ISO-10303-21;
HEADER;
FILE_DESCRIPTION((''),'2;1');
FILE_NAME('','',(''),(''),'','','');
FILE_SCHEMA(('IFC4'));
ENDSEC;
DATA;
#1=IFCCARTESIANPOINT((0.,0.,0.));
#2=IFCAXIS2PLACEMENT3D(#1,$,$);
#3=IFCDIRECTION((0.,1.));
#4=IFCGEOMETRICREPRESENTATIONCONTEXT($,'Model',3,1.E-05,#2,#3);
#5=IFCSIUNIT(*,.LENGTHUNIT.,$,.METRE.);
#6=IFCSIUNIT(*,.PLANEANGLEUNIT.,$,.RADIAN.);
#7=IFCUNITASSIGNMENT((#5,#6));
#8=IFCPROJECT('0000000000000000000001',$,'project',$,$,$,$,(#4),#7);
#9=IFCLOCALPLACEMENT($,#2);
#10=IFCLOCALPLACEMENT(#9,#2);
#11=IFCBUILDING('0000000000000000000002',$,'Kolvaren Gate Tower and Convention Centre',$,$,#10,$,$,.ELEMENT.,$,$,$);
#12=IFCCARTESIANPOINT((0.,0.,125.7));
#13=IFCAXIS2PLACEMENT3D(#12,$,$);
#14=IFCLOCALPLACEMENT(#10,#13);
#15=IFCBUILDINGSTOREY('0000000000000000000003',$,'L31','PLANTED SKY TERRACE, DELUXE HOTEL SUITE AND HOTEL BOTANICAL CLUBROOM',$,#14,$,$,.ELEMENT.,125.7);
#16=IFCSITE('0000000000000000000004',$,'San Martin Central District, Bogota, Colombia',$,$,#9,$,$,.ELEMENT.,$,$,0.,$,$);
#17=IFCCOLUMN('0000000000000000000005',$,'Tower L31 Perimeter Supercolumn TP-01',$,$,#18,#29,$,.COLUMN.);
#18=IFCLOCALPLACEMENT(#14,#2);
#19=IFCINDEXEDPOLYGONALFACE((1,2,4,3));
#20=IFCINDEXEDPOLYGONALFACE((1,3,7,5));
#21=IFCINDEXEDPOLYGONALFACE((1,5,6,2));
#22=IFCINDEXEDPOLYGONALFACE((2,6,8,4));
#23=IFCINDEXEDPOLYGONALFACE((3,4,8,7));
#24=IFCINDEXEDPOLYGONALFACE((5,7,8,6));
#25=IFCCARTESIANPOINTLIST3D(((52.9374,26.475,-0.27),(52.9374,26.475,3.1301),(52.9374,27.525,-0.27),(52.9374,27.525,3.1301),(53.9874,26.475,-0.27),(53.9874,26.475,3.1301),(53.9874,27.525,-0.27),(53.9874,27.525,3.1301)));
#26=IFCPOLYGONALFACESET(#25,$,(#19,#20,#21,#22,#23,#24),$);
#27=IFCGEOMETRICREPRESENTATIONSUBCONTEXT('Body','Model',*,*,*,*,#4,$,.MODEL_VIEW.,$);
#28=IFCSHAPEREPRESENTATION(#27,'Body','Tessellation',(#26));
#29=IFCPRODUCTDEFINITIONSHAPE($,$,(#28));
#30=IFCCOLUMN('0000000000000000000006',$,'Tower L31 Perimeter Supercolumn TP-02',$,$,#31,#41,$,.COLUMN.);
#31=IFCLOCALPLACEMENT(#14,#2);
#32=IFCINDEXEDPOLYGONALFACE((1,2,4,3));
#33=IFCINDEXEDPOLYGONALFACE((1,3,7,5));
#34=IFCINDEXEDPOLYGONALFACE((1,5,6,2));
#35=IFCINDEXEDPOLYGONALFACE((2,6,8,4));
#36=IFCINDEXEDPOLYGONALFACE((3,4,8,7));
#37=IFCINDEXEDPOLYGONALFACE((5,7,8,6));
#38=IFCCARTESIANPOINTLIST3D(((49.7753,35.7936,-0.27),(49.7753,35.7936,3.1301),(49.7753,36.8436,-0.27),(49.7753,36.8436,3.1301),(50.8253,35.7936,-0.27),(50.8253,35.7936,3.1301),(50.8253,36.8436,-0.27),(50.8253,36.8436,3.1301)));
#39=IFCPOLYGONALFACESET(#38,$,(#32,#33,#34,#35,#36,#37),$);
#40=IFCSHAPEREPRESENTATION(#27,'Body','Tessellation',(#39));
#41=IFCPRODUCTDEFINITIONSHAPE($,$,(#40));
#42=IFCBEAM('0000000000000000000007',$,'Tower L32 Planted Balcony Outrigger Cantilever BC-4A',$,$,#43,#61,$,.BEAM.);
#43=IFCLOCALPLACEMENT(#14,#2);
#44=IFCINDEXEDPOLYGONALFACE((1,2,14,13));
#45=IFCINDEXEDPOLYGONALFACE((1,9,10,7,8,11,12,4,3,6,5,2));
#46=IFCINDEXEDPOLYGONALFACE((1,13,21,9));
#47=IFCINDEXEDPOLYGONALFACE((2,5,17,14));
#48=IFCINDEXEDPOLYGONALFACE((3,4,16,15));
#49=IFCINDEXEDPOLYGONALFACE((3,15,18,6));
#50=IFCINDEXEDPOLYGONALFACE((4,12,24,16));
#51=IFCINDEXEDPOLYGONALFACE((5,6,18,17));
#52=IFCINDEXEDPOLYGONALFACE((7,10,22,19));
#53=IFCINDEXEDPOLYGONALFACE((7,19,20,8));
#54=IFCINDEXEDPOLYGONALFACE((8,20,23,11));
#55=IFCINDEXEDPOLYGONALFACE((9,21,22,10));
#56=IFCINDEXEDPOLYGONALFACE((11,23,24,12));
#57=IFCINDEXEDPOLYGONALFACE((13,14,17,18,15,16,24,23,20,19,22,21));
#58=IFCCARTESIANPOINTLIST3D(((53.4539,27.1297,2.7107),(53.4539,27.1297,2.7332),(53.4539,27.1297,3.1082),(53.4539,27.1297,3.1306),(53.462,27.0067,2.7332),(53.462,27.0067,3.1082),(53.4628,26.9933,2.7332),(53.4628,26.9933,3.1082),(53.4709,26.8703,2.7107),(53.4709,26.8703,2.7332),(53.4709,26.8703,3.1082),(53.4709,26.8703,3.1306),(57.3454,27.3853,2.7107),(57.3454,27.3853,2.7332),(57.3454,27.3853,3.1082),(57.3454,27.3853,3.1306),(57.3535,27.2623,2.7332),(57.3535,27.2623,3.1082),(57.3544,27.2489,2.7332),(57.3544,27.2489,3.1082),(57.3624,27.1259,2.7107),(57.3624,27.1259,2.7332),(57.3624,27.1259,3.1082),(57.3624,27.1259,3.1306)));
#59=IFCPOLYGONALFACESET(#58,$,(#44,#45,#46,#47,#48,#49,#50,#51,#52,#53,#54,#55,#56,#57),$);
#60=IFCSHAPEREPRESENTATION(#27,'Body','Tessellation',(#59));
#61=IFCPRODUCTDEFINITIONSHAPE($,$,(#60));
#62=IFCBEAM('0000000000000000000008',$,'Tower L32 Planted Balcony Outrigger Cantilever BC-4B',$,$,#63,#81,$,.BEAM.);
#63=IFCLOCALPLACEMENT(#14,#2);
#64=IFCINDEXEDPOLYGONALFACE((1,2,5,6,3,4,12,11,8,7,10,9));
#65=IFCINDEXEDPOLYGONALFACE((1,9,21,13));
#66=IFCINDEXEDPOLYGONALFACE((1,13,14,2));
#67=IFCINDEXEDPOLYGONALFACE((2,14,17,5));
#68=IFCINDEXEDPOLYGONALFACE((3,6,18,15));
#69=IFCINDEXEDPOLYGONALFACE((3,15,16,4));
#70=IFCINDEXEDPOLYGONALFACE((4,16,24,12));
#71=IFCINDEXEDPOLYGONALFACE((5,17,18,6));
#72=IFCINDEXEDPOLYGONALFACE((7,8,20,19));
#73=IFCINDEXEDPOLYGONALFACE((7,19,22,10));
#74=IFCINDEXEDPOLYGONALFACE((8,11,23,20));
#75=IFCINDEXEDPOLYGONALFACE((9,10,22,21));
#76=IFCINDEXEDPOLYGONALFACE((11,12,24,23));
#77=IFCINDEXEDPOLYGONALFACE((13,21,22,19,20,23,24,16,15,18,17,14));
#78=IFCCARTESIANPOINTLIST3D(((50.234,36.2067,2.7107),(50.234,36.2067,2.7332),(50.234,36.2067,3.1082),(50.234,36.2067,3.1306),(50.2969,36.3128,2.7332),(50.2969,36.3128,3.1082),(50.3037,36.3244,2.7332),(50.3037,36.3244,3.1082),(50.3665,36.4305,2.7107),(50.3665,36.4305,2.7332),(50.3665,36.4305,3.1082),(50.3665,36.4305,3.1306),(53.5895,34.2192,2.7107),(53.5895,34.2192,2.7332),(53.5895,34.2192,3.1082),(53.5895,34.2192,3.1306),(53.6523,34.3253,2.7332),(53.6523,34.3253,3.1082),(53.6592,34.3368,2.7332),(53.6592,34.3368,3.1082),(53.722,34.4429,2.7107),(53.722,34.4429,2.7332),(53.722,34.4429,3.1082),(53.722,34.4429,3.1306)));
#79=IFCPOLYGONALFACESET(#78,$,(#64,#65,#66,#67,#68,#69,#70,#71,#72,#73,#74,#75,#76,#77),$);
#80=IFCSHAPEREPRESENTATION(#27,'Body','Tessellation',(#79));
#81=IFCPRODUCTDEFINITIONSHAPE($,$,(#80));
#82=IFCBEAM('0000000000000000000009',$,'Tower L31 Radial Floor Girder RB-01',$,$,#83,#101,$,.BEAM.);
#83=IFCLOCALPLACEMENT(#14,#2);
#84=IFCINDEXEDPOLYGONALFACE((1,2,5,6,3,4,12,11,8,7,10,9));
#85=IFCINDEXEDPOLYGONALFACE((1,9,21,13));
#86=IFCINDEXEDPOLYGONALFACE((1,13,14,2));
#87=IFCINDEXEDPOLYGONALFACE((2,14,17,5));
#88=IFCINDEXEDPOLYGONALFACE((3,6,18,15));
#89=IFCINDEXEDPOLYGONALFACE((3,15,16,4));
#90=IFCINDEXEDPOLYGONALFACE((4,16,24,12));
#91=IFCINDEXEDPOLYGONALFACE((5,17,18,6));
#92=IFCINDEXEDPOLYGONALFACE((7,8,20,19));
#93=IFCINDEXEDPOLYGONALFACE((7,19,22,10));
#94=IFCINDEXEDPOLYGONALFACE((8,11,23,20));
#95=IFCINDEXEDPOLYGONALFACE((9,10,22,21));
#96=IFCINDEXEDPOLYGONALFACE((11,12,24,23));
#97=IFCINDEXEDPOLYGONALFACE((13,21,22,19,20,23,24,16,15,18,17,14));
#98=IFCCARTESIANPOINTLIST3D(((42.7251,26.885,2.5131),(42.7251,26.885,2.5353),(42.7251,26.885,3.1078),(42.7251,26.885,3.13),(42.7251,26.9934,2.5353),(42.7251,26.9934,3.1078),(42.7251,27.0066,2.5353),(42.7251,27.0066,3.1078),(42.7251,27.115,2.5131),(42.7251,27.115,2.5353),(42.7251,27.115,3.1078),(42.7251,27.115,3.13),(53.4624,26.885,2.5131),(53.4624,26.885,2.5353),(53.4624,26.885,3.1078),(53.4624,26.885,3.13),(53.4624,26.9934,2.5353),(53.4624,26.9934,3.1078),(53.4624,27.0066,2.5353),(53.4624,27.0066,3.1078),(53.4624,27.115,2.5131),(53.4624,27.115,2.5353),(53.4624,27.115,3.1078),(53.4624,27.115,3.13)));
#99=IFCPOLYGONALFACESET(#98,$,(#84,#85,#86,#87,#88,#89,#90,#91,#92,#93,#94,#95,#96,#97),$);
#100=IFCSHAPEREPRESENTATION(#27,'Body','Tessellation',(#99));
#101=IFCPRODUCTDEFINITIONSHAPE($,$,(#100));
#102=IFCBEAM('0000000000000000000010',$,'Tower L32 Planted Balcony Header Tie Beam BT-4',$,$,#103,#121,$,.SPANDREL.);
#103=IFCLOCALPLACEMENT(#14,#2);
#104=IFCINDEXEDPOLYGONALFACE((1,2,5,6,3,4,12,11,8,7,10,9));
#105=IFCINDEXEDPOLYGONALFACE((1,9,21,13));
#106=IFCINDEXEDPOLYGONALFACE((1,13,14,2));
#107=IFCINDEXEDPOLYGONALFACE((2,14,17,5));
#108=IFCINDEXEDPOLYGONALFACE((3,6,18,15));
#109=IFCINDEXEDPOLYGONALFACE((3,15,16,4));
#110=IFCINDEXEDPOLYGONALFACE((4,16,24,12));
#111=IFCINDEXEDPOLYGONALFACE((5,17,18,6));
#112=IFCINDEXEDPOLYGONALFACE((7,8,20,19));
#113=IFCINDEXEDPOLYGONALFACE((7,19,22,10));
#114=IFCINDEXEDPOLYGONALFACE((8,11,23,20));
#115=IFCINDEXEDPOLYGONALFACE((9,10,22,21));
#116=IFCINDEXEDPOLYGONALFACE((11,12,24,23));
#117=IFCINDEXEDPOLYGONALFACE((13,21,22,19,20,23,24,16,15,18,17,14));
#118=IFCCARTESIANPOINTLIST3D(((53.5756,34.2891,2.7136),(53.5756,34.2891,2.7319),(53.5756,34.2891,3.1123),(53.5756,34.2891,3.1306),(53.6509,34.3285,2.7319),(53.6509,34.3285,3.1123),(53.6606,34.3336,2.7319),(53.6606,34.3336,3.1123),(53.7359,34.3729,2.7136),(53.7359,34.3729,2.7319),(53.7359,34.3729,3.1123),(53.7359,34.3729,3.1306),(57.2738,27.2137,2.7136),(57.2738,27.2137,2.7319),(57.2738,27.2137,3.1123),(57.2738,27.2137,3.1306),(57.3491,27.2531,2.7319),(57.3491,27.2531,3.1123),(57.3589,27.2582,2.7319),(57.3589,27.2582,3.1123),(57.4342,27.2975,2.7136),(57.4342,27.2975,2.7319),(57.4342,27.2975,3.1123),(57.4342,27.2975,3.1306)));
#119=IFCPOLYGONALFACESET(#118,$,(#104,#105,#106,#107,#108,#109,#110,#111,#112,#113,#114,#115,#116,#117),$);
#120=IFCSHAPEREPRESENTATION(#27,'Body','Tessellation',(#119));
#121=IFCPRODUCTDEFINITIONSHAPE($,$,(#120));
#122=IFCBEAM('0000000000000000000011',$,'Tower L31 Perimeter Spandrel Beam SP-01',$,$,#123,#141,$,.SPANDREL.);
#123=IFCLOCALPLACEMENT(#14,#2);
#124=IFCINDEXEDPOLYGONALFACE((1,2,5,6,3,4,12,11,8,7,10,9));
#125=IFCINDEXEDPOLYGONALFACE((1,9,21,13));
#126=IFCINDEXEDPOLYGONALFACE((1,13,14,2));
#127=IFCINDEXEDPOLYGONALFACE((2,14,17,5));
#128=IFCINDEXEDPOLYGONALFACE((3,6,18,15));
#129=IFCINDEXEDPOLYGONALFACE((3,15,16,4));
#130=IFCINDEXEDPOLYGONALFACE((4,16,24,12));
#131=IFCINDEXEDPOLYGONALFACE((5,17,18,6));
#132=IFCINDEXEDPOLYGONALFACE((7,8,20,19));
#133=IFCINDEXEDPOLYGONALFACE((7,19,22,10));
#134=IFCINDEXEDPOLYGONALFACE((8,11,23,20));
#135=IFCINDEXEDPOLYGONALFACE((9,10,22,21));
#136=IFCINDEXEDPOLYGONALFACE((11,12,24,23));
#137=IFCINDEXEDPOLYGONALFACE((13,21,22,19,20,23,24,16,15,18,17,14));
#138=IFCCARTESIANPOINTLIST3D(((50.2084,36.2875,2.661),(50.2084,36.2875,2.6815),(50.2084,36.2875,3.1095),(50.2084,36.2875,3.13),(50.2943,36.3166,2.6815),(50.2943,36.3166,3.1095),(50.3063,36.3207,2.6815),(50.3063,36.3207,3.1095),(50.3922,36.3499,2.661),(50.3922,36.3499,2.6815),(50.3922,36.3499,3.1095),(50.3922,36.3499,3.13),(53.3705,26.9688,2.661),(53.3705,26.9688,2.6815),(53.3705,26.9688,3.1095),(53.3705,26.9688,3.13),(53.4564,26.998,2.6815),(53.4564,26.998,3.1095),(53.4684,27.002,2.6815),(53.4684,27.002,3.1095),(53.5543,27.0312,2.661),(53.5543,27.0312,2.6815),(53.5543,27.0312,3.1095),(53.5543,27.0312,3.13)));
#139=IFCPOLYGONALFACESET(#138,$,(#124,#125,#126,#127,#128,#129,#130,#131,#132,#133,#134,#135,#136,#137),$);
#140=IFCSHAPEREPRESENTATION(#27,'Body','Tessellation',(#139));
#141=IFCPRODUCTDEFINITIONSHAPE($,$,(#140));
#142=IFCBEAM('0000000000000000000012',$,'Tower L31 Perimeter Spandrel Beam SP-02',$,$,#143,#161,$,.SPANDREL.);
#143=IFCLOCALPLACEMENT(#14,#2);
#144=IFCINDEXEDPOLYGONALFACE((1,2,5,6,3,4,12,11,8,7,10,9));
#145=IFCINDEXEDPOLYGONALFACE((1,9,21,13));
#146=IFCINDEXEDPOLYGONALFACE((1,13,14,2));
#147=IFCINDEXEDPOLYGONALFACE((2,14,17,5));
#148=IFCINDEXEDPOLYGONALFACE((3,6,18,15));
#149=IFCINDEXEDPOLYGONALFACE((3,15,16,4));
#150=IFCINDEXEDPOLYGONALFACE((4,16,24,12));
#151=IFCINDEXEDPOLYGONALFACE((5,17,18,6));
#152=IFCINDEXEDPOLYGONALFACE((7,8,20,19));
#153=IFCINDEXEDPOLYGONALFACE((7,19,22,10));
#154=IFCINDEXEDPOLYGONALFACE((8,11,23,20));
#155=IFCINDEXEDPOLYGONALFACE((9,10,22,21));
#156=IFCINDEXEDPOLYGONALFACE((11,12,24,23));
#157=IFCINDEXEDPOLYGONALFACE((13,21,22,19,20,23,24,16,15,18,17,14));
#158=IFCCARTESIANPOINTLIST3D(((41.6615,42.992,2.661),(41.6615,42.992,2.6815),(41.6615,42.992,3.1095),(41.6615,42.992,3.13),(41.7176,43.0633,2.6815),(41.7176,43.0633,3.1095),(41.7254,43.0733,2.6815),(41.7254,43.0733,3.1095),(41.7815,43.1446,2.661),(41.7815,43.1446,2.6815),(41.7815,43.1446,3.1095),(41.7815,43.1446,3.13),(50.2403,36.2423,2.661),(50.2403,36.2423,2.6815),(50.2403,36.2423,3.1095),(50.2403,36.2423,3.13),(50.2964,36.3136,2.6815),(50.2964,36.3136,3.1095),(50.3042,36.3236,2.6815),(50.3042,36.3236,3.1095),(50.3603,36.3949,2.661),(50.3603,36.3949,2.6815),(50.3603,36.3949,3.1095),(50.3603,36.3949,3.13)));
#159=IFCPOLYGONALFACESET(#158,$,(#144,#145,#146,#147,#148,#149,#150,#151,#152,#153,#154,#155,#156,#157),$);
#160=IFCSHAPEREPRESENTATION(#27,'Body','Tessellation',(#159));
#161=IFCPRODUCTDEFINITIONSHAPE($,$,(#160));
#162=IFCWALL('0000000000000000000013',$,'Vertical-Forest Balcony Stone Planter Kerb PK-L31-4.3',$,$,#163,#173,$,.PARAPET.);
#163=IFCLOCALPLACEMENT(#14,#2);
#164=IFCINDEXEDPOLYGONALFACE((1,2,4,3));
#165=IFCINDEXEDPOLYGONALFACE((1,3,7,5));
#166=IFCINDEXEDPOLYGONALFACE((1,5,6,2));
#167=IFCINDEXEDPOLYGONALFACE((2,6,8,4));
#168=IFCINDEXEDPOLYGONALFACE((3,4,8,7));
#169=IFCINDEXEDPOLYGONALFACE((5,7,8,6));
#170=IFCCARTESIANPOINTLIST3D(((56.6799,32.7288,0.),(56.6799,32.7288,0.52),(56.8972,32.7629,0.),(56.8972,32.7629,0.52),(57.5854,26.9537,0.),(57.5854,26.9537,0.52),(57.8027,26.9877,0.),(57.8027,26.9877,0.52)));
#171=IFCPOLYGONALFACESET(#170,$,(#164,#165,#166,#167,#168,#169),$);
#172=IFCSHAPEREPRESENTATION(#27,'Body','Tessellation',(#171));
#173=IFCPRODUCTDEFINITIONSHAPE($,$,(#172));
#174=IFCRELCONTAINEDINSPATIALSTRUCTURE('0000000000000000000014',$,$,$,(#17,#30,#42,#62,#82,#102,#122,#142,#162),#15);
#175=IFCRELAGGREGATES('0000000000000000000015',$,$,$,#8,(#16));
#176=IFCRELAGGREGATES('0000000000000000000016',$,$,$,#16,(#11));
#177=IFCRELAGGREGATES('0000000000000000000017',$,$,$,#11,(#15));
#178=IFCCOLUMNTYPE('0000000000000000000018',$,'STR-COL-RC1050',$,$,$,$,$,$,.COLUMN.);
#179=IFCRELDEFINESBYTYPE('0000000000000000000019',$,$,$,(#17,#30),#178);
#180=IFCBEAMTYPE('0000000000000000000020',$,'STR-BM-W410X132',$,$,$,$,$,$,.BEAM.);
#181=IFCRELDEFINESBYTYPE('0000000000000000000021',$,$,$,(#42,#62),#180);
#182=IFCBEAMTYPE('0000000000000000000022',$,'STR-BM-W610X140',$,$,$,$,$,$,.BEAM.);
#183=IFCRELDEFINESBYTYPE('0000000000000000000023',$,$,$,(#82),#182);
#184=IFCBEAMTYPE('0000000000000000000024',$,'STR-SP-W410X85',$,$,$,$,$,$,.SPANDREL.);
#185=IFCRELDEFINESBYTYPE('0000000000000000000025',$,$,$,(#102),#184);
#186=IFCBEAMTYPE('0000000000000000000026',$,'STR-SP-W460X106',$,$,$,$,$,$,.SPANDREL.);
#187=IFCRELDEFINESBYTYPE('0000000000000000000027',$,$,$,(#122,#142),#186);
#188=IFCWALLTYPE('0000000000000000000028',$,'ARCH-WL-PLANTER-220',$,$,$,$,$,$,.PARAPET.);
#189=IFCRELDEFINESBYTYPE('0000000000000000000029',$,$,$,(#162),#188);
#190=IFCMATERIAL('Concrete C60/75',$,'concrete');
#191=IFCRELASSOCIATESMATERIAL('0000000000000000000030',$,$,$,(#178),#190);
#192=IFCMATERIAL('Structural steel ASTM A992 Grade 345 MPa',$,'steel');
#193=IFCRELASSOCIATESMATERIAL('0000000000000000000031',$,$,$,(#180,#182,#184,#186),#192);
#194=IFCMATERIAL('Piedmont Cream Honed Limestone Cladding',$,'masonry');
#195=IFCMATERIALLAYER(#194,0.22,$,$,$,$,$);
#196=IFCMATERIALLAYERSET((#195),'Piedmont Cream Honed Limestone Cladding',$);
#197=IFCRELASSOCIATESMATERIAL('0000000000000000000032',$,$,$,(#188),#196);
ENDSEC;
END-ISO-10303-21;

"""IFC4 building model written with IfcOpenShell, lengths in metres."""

from ifc_helpers import new_model, si_unit, direction, frame, frame_2d, origin, origin_2d, place, context, subcontext, project, spatial, rectangle, i_section, extrude, material, layer, layer_set, material_profile, profile_set, type_object, element, save


model = new_model("IFC4")

# Units and contexts
model_context = context("Model", 3, precision=1e-05, world=origin(), true_north=direction((0.0, 1.0)))
body_context = subcontext(model_context, "Body", "Model", "MODEL_VIEW")
ifc_project = project(units=[si_unit("LENGTHUNIT", "METRE"), si_unit("PLANEANGLEUNIT", "RADIAN")], contexts=[model_context])

# Site, building, storey
site_placement = place(None, origin())
site = spatial("IfcSite", under=ifc_project, at=site_placement, Name="San Martin Central District, Bogota, Colombia", CompositionType="ELEMENT", RefElevation=0.0)
building_placement = place(site_placement, origin())
building = spatial("IfcBuilding", under=site, at=building_placement, Name="Kolvaren Gate Tower and Convention Centre", CompositionType="ELEMENT")
storey_placement = place(building_placement, frame((0.0, 0.0, 125.7)))
storey = spatial("IfcBuildingStorey", under=building, at=storey_placement, Name="L31", Description="PLANTED SKY TERRACE, DELUXE HOTEL SUITE AND HOTEL BOTANICAL CLUBROOM", CompositionType="ELEMENT", Elevation=125.7)

# Columns
ifc_material_1 = material(Name="Concrete C60/75", Category="concrete")
ifc_material_profile_1 = material_profile(ifc_material_1, rectangle(XDim=1.05, YDim=1.05, at=origin_2d()), Name="RC-COL-1050X1050")
ifc_profile_set_1 = profile_set([ifc_material_profile_1], Name="Concrete C60/75")
column_type = type_object("IfcColumnType", Name="STR-COL-RC1050", PredefinedType="COLUMN", material=ifc_profile_set_1)
for number, where, z_axis, x_axis, name in (
    (1, (53.4624, 27.0, -0.27), (0.0, 0.0, 1.0), (1.0, 0.0, 0.0), "Tower L31 Perimeter Supercolumn TP-01"),
    (2, (50.3003, 36.3186, -0.27), (0.0, 0.0, 1.0), (1.0, 0.0, 0.0), "Tower L31 Perimeter Supercolumn TP-02"),
):
    element("IfcColumn", number, at=place(storey_placement, frame(where, z_axis=z_axis, x_axis=x_axis)), inside=storey, type_object=column_type, Name=name, PredefinedType="COLUMN", context=body_context, shape_type="SweptSolid", body=[
        extrude(rectangle(XDim=1.05, YDim=1.05, at=origin_2d()), origin(), (0.0, 0.0, 1.0), 3.4001),
    ])

# Beams
ifc_material_2 = material(Name="Structural steel ASTM A992 Grade 345 MPa", Category="steel")
ifc_material_profile_2 = material_profile(ifc_material_2, i_section(OverallWidth=0.26, OverallDepth=0.4199, WebThickness=0.0134, FlangeThickness=0.0225, at=origin_2d()), Name="W410X132")
ifc_profile_set_2 = profile_set([ifc_material_profile_2], Name="Structural steel ASTM A992 Grade 345 MPa")
beam_type_1 = type_object("IfcBeamType", Name="STR-BM-W410X132", PredefinedType="BEAM", material=ifc_profile_set_2)
for number, where, z_axis, x_axis, name in (
    (3, (53.4624, 27.0, 2.9207), (0.99785, 0.065543, 0.0), (-0.065543, 0.99785, 0.0), "Tower L32 Planted Balcony Outrigger Cantilever BC-4A"),
    (4, (50.3003, 36.3186, 2.9207), (0.86039, -0.509636, 0.0), (0.509636, 0.86039, 0.0), "Tower L32 Planted Balcony Outrigger Cantilever BC-4B"),
):
    element("IfcBeam", number, at=place(storey_placement, frame(where, z_axis=z_axis, x_axis=x_axis)), inside=storey, type_object=beam_type_1, Name=name, PredefinedType="BEAM", context=body_context, shape_type="SweptSolid", body=[
        extrude(i_section(OverallWidth=0.26, OverallDepth=0.4199, WebThickness=0.0134, FlangeThickness=0.0225, at=origin_2d()), origin(), (0.0, 0.0, 1.0), 3.8999),
    ])
ifc_material_profile_3 = material_profile(ifc_material_2, i_section(OverallWidth=0.23, OverallDepth=0.6169, WebThickness=0.0132, FlangeThickness=0.0222, at=origin_2d()), Name="W610X140")
ifc_profile_set_3 = profile_set([ifc_material_profile_3], Name="Structural steel ASTM A992 Grade 345 MPa")
beam_type_2 = type_object("IfcBeamType", Name="STR-BM-W610X140", PredefinedType="BEAM", material=ifc_profile_set_3)
beam_1_placement = place(storey_placement, frame((42.7251, 27.0, 2.8215), z_axis=(1.0, 0.0, 0.0), x_axis=(0.0, 1.0, 0.0)))
element("IfcBeam", 5, at=beam_1_placement, inside=storey, type_object=beam_type_2, Name="Tower L31 Radial Floor Girder RB-01", PredefinedType="BEAM", context=body_context, shape_type="SweptSolid", body=[
    extrude(i_section(OverallWidth=0.23, OverallDepth=0.6169, WebThickness=0.0132, FlangeThickness=0.0222, at=origin_2d()), origin(), (0.0, 0.0, 1.0), 10.7373),
])
ifc_material_profile_4 = material_profile(ifc_material_2, i_section(OverallWidth=0.1809, OverallDepth=0.417, WebThickness=0.011, FlangeThickness=0.0183, at=origin_2d()), Name="W410X85")
ifc_profile_set_4 = profile_set([ifc_material_profile_4], Name="Structural steel ASTM A992 Grade 345 MPa")
beam_type_3 = type_object("IfcBeamType", Name="STR-SP-W410X85", PredefinedType="SPANDREL", material=ifc_profile_set_4)
beam_2_placement = place(storey_placement, frame((57.354, 27.2556, 2.9221), z_axis=(-0.463226, 0.88624, 0.0), x_axis=(-0.88624, -0.463226, 0.0)))
element("IfcBeam", 6, at=beam_2_placement, inside=storey, type_object=beam_type_3, Name="Tower L32 Planted Balcony Header Tie Beam BT-4", PredefinedType="SPANDREL", context=body_context, shape_type="SweptSolid", body=[
    extrude(i_section(OverallWidth=0.1809, OverallDepth=0.417, WebThickness=0.011, FlangeThickness=0.0183, at=origin_2d()), origin(), (0.0, 0.0, 1.0), 7.9836),
])
ifc_material_profile_5 = material_profile(ifc_material_2, i_section(OverallWidth=0.1941, OverallDepth=0.469, WebThickness=0.0127, FlangeThickness=0.0205, at=origin_2d()), Name="W460X106")
ifc_profile_set_5 = profile_set([ifc_material_profile_5], Name="Structural steel ASTM A992 Grade 345 MPa")
beam_type_4 = type_object("IfcBeamType", Name="STR-SP-W460X106", PredefinedType="SPANDREL", material=ifc_profile_set_5)
beam_3_placement = place(storey_placement, frame((53.4624, 27.0, 2.8955), z_axis=(-0.321336, 0.946965, 0.0), x_axis=(-0.946965, -0.321336, 0.0)))
element("IfcBeam", 7, at=beam_3_placement, inside=storey, type_object=beam_type_4, Name="Tower L31 Perimeter Spandrel Beam SP-01", PredefinedType="SPANDREL", context=body_context, shape_type="SweptSolid", body=[
    extrude(i_section(OverallWidth=0.1941, OverallDepth=0.469, WebThickness=0.0127, FlangeThickness=0.0205, at=origin_2d()), origin(), (0.0, 0.0, 1.0), 9.8406),
])
beam_4_placement = place(storey_placement, frame((50.3003, 36.3186, 2.8955), z_axis=(-0.785908, 0.618344, 0.0), x_axis=(-0.618344, -0.785908, 0.0)))
element("IfcBeam", 8, at=beam_4_placement, inside=storey, type_object=beam_type_4, Name="Tower L31 Perimeter Spandrel Beam SP-02", PredefinedType="SPANDREL", context=body_context, shape_type="SweptSolid", body=[
    extrude(i_section(OverallWidth=0.1941, OverallDepth=0.469, WebThickness=0.0127, FlangeThickness=0.0205, at=origin_2d()), origin(), (0.0, 0.0, 1.0), 10.9158),
])

# Wall
ifc_material_3 = material(Name="Piedmont Cream Honed Limestone Cladding", Category="masonry")
ifc_layer_1 = layer(ifc_material_3, 0.22)
ifc_layer_set_1 = layer_set([ifc_layer_1], Name="Piedmont Cream Honed Limestone Cladding")
wall_type_1 = type_object("IfcWallType", Name="ARCH-WL-PLANTER-220", PredefinedType="PARAPET", material=ifc_layer_set_1)
wall_1_placement = place(storey_placement, frame((56.7886, 32.7458, 0.0), z_axis=(0.0, 0.0, 1.0), x_axis=(0.154903, -0.98793, 0.0)))
element("IfcWall", 9, at=wall_1_placement, inside=storey, type_object=wall_type_1, Name="Vertical-Forest Balcony Stone Planter Kerb PK-L31-4.3", PredefinedType="PARAPET", context=body_context, shape_type="SweptSolid", body=[
    extrude(rectangle(XDim=5.8457, YDim=0.22, at=frame_2d((2.9229, 0.0))), origin(), (0.0, 0.0, 1.0), 0.52),
])

save(model, "model.ifc")
